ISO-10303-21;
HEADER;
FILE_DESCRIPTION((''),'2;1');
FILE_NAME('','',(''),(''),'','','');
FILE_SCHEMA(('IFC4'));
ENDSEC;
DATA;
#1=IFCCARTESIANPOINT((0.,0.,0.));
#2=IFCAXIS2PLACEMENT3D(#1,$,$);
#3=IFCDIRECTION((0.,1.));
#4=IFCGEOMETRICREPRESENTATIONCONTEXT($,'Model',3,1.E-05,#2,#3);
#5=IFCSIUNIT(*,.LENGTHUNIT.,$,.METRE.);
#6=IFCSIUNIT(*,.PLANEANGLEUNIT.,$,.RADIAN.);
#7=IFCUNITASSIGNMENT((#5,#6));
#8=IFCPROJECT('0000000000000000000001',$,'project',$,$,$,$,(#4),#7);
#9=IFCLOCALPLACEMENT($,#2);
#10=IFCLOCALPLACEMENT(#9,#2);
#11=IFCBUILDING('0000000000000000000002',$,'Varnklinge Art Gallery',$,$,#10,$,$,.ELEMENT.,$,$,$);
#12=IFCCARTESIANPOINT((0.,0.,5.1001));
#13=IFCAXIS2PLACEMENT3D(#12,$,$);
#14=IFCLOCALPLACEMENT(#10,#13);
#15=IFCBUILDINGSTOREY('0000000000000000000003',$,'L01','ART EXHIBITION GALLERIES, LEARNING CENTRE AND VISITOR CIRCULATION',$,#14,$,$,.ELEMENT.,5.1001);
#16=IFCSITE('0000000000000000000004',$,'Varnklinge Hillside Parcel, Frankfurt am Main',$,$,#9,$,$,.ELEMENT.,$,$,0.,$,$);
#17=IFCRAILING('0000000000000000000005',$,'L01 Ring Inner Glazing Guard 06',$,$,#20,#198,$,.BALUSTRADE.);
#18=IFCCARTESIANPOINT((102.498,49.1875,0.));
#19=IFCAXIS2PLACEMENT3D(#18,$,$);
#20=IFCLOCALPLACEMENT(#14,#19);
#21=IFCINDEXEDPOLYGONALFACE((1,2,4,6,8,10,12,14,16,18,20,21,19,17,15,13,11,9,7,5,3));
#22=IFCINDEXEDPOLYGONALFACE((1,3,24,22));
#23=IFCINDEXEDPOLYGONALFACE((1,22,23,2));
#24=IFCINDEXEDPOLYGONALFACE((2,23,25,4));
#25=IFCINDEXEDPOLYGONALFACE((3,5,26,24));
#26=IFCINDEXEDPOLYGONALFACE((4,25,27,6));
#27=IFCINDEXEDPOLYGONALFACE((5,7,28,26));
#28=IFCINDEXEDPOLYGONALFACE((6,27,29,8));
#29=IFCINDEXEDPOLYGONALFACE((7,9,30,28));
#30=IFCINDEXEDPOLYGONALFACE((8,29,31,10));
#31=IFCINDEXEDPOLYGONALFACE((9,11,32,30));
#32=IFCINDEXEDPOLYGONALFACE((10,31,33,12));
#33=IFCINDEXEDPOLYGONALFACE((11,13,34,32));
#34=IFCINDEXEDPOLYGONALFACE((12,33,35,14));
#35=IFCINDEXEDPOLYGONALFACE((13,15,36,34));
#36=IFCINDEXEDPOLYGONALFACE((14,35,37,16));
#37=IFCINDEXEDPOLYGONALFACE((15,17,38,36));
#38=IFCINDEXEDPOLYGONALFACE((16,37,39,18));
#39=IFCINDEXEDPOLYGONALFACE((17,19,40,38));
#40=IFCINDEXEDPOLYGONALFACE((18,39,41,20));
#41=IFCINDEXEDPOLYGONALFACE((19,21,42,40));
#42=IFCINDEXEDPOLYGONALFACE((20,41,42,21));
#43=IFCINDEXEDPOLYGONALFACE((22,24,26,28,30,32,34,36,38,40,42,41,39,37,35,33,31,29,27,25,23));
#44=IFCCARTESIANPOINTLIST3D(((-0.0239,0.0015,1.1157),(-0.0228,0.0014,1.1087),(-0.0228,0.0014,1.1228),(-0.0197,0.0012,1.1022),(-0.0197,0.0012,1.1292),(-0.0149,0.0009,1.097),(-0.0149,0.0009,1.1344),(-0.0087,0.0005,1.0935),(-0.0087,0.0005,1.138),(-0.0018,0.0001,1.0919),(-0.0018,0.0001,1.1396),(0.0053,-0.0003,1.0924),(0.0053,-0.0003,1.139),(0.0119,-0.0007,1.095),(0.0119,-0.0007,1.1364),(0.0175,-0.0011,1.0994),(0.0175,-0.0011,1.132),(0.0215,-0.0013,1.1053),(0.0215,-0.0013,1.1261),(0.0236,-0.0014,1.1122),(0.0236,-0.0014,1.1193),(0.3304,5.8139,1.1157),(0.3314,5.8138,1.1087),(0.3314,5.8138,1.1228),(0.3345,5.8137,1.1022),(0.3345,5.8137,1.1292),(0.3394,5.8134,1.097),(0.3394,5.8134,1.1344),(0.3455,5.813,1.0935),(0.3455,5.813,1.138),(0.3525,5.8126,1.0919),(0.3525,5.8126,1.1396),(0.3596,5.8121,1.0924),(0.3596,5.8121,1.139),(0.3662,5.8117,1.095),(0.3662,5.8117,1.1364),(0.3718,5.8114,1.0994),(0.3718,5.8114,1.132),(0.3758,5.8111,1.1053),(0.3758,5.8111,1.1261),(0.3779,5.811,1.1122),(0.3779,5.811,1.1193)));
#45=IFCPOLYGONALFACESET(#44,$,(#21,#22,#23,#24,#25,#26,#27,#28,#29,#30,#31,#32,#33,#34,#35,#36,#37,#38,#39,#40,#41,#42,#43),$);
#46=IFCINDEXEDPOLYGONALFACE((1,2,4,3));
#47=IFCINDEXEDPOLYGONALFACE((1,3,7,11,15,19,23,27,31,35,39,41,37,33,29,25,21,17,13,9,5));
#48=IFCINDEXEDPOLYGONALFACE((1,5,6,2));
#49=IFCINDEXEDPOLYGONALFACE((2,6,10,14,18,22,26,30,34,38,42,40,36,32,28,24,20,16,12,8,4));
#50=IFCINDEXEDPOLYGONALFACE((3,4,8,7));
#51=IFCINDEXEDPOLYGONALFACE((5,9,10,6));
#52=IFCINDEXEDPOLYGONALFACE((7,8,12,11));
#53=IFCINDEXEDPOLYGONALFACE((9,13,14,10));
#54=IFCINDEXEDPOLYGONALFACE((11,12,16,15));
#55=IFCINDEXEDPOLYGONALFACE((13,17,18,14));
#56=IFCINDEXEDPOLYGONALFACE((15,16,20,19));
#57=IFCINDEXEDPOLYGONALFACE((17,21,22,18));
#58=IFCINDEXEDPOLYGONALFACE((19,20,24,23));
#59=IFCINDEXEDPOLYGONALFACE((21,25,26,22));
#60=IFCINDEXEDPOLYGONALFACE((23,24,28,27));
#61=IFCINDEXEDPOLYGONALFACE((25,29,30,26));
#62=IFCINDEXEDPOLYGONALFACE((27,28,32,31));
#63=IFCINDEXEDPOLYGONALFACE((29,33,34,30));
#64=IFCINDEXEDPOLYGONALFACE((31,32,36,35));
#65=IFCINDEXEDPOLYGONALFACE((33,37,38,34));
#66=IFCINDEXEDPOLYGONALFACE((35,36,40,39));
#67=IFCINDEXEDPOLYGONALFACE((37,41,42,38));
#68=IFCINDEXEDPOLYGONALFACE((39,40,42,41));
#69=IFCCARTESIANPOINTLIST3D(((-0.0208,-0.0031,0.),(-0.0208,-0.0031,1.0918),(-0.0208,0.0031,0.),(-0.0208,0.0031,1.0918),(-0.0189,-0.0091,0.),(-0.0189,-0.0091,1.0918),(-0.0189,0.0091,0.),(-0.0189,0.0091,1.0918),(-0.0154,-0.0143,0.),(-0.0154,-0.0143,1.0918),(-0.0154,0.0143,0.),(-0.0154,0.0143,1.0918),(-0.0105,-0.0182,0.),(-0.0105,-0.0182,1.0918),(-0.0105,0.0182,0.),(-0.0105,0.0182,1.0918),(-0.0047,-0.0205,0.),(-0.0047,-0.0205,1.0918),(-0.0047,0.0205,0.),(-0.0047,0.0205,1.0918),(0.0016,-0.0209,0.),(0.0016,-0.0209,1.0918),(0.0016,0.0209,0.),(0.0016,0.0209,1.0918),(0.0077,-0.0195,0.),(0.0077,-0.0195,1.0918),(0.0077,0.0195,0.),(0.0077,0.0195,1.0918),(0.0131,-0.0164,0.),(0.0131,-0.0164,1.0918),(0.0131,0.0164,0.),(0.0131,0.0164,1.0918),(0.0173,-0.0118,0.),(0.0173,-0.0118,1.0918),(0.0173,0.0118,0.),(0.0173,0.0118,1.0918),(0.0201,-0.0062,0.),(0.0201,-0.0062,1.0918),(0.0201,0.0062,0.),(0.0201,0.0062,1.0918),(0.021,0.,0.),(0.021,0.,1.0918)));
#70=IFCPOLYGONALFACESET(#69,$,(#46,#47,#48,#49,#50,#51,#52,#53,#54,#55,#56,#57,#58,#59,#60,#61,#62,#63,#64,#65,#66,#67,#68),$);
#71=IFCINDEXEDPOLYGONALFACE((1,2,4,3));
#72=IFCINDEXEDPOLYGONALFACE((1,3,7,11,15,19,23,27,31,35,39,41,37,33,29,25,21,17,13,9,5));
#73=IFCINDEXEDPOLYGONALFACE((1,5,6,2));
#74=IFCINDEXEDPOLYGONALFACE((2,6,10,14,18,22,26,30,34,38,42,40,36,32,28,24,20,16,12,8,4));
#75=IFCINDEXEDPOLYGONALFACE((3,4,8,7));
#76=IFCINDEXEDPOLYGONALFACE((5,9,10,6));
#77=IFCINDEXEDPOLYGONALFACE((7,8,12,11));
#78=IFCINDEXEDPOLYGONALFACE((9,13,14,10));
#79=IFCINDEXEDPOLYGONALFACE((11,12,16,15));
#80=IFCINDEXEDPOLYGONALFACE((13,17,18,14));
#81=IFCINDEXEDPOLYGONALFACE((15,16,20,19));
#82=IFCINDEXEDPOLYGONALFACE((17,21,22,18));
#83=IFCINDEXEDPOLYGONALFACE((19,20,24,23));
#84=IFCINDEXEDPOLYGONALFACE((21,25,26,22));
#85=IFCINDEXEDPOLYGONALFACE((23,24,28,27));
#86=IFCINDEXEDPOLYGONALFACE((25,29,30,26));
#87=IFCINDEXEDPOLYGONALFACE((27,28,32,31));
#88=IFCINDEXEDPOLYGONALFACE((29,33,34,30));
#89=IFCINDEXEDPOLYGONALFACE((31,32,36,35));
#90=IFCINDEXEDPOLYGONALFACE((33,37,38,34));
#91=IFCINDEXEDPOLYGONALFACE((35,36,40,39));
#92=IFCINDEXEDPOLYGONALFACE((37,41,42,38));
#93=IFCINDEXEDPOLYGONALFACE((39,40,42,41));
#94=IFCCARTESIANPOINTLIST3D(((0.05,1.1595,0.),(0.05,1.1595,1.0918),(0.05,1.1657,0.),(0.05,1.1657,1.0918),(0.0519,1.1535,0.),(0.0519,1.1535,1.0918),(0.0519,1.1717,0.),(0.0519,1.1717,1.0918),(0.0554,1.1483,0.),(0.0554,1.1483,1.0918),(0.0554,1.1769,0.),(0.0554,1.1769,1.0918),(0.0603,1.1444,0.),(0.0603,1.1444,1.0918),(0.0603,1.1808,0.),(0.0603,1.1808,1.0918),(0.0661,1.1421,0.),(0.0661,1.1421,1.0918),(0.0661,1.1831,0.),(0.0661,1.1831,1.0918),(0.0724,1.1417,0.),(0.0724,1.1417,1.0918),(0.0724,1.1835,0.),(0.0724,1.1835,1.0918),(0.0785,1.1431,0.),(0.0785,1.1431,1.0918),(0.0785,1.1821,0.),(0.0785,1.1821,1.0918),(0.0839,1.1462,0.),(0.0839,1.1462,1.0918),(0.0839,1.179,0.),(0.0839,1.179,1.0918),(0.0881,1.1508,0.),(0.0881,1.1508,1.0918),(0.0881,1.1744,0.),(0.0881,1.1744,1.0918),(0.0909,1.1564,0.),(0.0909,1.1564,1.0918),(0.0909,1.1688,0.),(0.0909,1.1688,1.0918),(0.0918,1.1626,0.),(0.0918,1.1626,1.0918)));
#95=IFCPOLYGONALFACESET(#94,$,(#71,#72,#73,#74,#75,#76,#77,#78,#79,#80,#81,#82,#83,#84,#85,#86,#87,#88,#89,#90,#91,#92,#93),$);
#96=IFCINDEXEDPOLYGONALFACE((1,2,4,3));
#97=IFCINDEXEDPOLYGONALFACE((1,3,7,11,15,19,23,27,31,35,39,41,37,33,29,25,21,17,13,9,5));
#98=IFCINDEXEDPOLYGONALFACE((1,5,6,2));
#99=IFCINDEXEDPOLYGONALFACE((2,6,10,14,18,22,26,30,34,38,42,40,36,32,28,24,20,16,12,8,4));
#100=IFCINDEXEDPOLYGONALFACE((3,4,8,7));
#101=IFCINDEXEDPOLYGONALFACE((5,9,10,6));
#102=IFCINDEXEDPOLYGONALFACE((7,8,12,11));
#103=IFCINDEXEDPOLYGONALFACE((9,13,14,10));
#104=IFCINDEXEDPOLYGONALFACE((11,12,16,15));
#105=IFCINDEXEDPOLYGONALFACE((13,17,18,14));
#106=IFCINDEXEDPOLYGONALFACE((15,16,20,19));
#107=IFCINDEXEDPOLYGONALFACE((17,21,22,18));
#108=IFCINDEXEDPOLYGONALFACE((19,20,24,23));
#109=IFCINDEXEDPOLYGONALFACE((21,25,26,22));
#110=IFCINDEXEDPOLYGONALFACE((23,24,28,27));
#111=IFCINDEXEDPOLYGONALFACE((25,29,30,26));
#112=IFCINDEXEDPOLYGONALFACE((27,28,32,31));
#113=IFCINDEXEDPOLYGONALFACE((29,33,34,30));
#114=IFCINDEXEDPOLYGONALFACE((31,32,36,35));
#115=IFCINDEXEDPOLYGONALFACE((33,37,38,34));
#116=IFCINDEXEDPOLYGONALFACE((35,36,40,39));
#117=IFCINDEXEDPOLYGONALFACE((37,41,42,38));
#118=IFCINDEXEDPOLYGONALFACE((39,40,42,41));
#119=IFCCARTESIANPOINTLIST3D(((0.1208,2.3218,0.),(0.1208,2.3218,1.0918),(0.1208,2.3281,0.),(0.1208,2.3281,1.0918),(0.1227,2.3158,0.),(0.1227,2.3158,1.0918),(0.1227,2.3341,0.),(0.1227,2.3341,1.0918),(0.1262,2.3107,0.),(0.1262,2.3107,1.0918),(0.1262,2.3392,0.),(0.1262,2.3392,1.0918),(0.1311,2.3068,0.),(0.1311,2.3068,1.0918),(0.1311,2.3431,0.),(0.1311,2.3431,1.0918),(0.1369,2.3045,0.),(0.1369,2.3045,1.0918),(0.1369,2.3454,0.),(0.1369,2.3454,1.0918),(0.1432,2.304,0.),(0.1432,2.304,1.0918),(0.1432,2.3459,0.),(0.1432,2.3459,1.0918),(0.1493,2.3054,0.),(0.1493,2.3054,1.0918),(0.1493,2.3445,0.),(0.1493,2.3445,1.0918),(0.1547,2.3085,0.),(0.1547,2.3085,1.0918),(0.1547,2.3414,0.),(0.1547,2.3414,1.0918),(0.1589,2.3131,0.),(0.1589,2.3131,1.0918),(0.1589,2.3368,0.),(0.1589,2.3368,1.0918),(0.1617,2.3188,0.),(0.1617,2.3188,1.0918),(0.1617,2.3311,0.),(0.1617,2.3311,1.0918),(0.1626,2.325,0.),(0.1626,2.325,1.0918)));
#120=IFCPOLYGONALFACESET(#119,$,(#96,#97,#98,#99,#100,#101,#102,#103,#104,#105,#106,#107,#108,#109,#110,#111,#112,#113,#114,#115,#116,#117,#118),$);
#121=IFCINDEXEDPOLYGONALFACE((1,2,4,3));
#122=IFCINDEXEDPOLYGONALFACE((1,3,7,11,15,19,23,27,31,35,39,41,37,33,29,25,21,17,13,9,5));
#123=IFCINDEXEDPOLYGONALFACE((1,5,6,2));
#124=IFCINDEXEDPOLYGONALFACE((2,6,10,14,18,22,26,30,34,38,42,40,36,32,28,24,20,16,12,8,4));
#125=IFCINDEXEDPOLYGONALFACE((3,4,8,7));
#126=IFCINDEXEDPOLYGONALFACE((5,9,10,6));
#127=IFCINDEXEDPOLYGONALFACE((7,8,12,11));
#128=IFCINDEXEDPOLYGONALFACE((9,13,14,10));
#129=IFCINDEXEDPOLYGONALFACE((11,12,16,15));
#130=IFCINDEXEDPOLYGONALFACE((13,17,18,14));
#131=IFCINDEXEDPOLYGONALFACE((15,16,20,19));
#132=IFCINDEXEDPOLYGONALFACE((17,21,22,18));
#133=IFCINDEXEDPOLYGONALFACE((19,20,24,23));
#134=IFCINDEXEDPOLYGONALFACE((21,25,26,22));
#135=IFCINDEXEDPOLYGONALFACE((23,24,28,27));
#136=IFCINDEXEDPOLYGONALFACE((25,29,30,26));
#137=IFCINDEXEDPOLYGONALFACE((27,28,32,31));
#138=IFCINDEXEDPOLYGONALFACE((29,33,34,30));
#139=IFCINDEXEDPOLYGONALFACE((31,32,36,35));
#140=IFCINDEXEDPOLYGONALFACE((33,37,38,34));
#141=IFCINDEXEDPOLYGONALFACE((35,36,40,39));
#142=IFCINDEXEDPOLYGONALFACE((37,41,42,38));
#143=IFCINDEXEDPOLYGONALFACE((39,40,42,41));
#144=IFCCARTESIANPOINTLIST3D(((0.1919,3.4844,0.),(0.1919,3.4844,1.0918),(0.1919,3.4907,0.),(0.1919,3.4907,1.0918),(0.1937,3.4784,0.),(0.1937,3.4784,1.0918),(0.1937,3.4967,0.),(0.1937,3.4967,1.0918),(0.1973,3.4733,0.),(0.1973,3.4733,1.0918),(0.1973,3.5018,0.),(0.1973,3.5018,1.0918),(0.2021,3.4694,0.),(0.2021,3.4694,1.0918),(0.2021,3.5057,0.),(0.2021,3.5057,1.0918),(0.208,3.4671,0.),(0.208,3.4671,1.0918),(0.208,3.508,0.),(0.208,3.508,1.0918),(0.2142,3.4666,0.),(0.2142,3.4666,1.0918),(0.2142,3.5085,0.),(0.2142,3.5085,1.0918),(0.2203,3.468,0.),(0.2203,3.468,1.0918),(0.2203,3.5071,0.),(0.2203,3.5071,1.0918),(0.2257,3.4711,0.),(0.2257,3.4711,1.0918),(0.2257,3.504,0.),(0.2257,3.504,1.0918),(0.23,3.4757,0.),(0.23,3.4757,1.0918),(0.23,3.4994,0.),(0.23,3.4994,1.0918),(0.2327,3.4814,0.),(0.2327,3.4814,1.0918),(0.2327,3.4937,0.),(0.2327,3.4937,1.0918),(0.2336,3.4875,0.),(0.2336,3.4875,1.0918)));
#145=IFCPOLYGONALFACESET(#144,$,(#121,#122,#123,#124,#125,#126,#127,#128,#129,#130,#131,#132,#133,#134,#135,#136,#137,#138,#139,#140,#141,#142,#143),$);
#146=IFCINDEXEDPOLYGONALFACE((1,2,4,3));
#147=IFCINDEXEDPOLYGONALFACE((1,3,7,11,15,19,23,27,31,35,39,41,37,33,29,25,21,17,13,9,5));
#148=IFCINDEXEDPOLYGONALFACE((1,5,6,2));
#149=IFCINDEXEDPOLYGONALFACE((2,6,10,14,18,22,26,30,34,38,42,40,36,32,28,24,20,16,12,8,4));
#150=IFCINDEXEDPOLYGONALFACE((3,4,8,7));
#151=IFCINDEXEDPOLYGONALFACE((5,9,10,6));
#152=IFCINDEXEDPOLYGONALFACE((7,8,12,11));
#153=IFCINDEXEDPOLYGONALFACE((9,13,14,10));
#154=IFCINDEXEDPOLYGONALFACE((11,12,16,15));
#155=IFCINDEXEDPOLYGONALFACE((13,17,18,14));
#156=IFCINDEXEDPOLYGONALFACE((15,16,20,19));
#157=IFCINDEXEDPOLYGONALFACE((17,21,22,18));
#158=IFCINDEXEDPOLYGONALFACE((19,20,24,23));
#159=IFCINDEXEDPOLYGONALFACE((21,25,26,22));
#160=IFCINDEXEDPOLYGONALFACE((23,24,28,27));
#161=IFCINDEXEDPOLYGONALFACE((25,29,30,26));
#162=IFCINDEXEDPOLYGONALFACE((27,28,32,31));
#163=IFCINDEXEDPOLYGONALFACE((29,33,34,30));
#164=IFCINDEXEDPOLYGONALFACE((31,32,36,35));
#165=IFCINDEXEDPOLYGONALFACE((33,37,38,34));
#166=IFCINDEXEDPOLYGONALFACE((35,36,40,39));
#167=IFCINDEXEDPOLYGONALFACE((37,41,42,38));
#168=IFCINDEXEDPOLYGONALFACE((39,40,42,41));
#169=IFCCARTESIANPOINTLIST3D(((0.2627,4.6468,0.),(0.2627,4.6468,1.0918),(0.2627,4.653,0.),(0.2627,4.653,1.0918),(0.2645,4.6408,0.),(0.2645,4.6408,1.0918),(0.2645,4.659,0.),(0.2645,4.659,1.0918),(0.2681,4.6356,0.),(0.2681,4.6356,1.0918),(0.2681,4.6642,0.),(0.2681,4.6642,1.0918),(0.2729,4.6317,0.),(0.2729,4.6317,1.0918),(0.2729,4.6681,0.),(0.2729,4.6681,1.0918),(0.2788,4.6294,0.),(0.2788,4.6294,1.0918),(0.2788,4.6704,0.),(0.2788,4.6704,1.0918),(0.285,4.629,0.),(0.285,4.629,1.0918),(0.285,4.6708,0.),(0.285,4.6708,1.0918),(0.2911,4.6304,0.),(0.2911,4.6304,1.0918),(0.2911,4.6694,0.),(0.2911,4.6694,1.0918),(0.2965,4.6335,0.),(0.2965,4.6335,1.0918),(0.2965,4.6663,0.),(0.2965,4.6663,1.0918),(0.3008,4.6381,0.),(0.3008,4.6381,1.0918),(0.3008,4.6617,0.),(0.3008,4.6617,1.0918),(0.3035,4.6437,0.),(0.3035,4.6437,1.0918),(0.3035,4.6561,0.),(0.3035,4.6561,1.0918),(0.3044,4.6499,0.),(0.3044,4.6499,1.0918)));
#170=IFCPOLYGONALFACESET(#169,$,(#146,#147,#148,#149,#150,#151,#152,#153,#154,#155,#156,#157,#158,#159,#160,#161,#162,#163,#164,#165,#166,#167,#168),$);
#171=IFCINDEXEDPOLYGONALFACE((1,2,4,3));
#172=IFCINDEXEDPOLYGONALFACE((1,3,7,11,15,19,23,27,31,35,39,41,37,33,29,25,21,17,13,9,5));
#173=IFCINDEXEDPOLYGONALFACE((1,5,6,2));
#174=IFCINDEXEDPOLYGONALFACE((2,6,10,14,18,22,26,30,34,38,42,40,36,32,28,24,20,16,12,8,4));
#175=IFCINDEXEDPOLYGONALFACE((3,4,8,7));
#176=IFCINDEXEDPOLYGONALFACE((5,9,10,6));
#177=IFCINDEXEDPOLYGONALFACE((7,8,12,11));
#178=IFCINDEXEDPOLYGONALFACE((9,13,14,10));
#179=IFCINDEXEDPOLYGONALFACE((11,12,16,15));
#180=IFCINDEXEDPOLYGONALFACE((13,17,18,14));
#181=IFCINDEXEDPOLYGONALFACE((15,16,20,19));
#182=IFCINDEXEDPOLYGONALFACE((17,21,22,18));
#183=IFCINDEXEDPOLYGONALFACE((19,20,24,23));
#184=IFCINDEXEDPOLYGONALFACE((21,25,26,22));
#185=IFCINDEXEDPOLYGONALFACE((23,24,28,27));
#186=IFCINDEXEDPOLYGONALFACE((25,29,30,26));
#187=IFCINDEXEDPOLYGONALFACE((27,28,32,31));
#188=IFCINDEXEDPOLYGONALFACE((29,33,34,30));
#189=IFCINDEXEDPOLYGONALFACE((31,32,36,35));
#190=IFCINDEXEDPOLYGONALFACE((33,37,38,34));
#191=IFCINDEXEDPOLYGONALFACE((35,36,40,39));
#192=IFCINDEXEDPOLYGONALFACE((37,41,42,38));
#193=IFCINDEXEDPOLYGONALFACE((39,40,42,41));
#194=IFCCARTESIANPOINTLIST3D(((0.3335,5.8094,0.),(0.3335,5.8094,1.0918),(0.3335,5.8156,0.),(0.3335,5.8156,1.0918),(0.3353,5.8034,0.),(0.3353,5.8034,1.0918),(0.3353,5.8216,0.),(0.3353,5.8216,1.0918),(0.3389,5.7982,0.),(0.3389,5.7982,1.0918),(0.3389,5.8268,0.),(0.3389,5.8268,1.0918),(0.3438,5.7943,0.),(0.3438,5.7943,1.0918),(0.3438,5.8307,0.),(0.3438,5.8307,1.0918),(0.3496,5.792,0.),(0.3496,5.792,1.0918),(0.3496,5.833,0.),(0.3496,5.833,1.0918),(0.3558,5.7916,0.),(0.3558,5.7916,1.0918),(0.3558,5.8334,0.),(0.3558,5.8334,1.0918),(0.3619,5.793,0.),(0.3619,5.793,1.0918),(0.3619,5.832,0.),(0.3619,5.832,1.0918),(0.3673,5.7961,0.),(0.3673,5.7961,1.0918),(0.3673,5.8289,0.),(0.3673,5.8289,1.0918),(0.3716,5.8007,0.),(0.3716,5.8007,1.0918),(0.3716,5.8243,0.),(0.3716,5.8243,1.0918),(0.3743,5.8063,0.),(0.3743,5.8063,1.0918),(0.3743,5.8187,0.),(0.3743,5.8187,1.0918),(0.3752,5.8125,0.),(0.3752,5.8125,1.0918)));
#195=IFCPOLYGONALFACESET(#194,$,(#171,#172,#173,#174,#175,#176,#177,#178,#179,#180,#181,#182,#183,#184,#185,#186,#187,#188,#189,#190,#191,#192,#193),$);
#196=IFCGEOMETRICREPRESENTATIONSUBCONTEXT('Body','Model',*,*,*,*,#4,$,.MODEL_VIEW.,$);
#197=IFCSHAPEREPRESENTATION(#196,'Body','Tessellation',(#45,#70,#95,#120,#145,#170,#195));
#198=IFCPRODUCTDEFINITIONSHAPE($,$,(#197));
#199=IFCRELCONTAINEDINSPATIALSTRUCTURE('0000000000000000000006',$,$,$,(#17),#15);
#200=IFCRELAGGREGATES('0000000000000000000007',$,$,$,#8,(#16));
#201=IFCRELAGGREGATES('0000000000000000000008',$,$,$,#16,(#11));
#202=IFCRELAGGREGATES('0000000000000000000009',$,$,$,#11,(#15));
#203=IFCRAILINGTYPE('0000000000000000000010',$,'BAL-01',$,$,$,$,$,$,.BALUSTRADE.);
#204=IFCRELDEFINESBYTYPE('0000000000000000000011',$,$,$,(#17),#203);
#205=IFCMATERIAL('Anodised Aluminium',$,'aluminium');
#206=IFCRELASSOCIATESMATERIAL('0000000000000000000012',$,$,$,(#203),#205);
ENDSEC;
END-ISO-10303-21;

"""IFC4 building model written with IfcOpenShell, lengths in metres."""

from ifc_helpers import new_model, si_unit, direction, frame, origin, origin_2d, place, context, subcontext, project, spatial, circle, extrude, material, type_object, element, save


model = new_model("IFC4")

# Units and contexts
model_context = context("Model", 3, precision=1e-05, world=origin(), true_north=direction((0.0, 1.0)))
body_context = subcontext(model_context, "Body", "Model", "MODEL_VIEW")
ifc_project = project(units=[si_unit("LENGTHUNIT", "METRE"), si_unit("PLANEANGLEUNIT", "RADIAN")], contexts=[model_context])

# Site, building, storey
site_placement = place(None, origin())
site = spatial("IfcSite", under=ifc_project, at=site_placement, Name="Varnklinge Hillside Parcel, Frankfurt am Main", CompositionType="ELEMENT", RefElevation=0.0)
building_placement = place(site_placement, origin())
building = spatial("IfcBuilding", under=site, at=building_placement, Name="Varnklinge Art Gallery", CompositionType="ELEMENT")
storey_placement = place(building_placement, frame((0.0, 0.0, 5.1001)))
storey = spatial("IfcBuildingStorey", under=building, at=storey_placement, Name="L01", Description="ART EXHIBITION GALLERIES, LEARNING CENTRE AND VISITOR CIRCULATION", CompositionType="ELEMENT", Elevation=5.1001)

# Railing
ifc_material_1 = material(Name="Anodised Aluminium", Category="aluminium")
railing_type = type_object("IfcRailingType", Name="BAL-01", PredefinedType="BALUSTRADE", material=ifc_material_1)
railing_1_placement = place(storey_placement, frame((102.498, 49.1875, 0.0)))
element("IfcRailing", 1, at=railing_1_placement, inside=storey, type_object=railing_type, Name="L01 Ring Inner Glazing Guard 06", PredefinedType="BALUSTRADE", context=body_context, shape_type="SweptSolid", body=[
    extrude(circle(Radius=0.0239, at=origin_2d()), frame((0.0, 0.0, 1.1157), z_axis=(0.060833, 0.998148, 0.0), x_axis=(-0.998148, 0.060833, 0.0)), (0.0, 0.0, 1.0), 5.8232),
    extrude(circle(Radius=0.021, at=origin_2d()), origin(), (0.0, 0.0, 1.0), 1.0918),
    extrude(circle(Radius=0.021, at=origin_2d()), frame((0.0708, 1.1626, 0.0)), (0.0, 0.0, 1.0), 1.0918),
    extrude(circle(Radius=0.021, at=origin_2d()), frame((0.1416, 2.325, 0.0)), (0.0, 0.0, 1.0), 1.0918),
    extrude(circle(Radius=0.021, at=origin_2d()), frame((0.2126, 3.4875, 0.0)), (0.0, 0.0, 1.0), 1.0918),
    extrude(circle(Radius=0.021, at=origin_2d()), frame((0.2834, 4.6499, 0.0)), (0.0, 0.0, 1.0), 1.0918),
    extrude(circle(Radius=0.021, at=origin_2d()), frame((0.3542, 5.8125, 0.0)), (0.0, 0.0, 1.0), 1.0918),
])

save(model, "model.ifc")
